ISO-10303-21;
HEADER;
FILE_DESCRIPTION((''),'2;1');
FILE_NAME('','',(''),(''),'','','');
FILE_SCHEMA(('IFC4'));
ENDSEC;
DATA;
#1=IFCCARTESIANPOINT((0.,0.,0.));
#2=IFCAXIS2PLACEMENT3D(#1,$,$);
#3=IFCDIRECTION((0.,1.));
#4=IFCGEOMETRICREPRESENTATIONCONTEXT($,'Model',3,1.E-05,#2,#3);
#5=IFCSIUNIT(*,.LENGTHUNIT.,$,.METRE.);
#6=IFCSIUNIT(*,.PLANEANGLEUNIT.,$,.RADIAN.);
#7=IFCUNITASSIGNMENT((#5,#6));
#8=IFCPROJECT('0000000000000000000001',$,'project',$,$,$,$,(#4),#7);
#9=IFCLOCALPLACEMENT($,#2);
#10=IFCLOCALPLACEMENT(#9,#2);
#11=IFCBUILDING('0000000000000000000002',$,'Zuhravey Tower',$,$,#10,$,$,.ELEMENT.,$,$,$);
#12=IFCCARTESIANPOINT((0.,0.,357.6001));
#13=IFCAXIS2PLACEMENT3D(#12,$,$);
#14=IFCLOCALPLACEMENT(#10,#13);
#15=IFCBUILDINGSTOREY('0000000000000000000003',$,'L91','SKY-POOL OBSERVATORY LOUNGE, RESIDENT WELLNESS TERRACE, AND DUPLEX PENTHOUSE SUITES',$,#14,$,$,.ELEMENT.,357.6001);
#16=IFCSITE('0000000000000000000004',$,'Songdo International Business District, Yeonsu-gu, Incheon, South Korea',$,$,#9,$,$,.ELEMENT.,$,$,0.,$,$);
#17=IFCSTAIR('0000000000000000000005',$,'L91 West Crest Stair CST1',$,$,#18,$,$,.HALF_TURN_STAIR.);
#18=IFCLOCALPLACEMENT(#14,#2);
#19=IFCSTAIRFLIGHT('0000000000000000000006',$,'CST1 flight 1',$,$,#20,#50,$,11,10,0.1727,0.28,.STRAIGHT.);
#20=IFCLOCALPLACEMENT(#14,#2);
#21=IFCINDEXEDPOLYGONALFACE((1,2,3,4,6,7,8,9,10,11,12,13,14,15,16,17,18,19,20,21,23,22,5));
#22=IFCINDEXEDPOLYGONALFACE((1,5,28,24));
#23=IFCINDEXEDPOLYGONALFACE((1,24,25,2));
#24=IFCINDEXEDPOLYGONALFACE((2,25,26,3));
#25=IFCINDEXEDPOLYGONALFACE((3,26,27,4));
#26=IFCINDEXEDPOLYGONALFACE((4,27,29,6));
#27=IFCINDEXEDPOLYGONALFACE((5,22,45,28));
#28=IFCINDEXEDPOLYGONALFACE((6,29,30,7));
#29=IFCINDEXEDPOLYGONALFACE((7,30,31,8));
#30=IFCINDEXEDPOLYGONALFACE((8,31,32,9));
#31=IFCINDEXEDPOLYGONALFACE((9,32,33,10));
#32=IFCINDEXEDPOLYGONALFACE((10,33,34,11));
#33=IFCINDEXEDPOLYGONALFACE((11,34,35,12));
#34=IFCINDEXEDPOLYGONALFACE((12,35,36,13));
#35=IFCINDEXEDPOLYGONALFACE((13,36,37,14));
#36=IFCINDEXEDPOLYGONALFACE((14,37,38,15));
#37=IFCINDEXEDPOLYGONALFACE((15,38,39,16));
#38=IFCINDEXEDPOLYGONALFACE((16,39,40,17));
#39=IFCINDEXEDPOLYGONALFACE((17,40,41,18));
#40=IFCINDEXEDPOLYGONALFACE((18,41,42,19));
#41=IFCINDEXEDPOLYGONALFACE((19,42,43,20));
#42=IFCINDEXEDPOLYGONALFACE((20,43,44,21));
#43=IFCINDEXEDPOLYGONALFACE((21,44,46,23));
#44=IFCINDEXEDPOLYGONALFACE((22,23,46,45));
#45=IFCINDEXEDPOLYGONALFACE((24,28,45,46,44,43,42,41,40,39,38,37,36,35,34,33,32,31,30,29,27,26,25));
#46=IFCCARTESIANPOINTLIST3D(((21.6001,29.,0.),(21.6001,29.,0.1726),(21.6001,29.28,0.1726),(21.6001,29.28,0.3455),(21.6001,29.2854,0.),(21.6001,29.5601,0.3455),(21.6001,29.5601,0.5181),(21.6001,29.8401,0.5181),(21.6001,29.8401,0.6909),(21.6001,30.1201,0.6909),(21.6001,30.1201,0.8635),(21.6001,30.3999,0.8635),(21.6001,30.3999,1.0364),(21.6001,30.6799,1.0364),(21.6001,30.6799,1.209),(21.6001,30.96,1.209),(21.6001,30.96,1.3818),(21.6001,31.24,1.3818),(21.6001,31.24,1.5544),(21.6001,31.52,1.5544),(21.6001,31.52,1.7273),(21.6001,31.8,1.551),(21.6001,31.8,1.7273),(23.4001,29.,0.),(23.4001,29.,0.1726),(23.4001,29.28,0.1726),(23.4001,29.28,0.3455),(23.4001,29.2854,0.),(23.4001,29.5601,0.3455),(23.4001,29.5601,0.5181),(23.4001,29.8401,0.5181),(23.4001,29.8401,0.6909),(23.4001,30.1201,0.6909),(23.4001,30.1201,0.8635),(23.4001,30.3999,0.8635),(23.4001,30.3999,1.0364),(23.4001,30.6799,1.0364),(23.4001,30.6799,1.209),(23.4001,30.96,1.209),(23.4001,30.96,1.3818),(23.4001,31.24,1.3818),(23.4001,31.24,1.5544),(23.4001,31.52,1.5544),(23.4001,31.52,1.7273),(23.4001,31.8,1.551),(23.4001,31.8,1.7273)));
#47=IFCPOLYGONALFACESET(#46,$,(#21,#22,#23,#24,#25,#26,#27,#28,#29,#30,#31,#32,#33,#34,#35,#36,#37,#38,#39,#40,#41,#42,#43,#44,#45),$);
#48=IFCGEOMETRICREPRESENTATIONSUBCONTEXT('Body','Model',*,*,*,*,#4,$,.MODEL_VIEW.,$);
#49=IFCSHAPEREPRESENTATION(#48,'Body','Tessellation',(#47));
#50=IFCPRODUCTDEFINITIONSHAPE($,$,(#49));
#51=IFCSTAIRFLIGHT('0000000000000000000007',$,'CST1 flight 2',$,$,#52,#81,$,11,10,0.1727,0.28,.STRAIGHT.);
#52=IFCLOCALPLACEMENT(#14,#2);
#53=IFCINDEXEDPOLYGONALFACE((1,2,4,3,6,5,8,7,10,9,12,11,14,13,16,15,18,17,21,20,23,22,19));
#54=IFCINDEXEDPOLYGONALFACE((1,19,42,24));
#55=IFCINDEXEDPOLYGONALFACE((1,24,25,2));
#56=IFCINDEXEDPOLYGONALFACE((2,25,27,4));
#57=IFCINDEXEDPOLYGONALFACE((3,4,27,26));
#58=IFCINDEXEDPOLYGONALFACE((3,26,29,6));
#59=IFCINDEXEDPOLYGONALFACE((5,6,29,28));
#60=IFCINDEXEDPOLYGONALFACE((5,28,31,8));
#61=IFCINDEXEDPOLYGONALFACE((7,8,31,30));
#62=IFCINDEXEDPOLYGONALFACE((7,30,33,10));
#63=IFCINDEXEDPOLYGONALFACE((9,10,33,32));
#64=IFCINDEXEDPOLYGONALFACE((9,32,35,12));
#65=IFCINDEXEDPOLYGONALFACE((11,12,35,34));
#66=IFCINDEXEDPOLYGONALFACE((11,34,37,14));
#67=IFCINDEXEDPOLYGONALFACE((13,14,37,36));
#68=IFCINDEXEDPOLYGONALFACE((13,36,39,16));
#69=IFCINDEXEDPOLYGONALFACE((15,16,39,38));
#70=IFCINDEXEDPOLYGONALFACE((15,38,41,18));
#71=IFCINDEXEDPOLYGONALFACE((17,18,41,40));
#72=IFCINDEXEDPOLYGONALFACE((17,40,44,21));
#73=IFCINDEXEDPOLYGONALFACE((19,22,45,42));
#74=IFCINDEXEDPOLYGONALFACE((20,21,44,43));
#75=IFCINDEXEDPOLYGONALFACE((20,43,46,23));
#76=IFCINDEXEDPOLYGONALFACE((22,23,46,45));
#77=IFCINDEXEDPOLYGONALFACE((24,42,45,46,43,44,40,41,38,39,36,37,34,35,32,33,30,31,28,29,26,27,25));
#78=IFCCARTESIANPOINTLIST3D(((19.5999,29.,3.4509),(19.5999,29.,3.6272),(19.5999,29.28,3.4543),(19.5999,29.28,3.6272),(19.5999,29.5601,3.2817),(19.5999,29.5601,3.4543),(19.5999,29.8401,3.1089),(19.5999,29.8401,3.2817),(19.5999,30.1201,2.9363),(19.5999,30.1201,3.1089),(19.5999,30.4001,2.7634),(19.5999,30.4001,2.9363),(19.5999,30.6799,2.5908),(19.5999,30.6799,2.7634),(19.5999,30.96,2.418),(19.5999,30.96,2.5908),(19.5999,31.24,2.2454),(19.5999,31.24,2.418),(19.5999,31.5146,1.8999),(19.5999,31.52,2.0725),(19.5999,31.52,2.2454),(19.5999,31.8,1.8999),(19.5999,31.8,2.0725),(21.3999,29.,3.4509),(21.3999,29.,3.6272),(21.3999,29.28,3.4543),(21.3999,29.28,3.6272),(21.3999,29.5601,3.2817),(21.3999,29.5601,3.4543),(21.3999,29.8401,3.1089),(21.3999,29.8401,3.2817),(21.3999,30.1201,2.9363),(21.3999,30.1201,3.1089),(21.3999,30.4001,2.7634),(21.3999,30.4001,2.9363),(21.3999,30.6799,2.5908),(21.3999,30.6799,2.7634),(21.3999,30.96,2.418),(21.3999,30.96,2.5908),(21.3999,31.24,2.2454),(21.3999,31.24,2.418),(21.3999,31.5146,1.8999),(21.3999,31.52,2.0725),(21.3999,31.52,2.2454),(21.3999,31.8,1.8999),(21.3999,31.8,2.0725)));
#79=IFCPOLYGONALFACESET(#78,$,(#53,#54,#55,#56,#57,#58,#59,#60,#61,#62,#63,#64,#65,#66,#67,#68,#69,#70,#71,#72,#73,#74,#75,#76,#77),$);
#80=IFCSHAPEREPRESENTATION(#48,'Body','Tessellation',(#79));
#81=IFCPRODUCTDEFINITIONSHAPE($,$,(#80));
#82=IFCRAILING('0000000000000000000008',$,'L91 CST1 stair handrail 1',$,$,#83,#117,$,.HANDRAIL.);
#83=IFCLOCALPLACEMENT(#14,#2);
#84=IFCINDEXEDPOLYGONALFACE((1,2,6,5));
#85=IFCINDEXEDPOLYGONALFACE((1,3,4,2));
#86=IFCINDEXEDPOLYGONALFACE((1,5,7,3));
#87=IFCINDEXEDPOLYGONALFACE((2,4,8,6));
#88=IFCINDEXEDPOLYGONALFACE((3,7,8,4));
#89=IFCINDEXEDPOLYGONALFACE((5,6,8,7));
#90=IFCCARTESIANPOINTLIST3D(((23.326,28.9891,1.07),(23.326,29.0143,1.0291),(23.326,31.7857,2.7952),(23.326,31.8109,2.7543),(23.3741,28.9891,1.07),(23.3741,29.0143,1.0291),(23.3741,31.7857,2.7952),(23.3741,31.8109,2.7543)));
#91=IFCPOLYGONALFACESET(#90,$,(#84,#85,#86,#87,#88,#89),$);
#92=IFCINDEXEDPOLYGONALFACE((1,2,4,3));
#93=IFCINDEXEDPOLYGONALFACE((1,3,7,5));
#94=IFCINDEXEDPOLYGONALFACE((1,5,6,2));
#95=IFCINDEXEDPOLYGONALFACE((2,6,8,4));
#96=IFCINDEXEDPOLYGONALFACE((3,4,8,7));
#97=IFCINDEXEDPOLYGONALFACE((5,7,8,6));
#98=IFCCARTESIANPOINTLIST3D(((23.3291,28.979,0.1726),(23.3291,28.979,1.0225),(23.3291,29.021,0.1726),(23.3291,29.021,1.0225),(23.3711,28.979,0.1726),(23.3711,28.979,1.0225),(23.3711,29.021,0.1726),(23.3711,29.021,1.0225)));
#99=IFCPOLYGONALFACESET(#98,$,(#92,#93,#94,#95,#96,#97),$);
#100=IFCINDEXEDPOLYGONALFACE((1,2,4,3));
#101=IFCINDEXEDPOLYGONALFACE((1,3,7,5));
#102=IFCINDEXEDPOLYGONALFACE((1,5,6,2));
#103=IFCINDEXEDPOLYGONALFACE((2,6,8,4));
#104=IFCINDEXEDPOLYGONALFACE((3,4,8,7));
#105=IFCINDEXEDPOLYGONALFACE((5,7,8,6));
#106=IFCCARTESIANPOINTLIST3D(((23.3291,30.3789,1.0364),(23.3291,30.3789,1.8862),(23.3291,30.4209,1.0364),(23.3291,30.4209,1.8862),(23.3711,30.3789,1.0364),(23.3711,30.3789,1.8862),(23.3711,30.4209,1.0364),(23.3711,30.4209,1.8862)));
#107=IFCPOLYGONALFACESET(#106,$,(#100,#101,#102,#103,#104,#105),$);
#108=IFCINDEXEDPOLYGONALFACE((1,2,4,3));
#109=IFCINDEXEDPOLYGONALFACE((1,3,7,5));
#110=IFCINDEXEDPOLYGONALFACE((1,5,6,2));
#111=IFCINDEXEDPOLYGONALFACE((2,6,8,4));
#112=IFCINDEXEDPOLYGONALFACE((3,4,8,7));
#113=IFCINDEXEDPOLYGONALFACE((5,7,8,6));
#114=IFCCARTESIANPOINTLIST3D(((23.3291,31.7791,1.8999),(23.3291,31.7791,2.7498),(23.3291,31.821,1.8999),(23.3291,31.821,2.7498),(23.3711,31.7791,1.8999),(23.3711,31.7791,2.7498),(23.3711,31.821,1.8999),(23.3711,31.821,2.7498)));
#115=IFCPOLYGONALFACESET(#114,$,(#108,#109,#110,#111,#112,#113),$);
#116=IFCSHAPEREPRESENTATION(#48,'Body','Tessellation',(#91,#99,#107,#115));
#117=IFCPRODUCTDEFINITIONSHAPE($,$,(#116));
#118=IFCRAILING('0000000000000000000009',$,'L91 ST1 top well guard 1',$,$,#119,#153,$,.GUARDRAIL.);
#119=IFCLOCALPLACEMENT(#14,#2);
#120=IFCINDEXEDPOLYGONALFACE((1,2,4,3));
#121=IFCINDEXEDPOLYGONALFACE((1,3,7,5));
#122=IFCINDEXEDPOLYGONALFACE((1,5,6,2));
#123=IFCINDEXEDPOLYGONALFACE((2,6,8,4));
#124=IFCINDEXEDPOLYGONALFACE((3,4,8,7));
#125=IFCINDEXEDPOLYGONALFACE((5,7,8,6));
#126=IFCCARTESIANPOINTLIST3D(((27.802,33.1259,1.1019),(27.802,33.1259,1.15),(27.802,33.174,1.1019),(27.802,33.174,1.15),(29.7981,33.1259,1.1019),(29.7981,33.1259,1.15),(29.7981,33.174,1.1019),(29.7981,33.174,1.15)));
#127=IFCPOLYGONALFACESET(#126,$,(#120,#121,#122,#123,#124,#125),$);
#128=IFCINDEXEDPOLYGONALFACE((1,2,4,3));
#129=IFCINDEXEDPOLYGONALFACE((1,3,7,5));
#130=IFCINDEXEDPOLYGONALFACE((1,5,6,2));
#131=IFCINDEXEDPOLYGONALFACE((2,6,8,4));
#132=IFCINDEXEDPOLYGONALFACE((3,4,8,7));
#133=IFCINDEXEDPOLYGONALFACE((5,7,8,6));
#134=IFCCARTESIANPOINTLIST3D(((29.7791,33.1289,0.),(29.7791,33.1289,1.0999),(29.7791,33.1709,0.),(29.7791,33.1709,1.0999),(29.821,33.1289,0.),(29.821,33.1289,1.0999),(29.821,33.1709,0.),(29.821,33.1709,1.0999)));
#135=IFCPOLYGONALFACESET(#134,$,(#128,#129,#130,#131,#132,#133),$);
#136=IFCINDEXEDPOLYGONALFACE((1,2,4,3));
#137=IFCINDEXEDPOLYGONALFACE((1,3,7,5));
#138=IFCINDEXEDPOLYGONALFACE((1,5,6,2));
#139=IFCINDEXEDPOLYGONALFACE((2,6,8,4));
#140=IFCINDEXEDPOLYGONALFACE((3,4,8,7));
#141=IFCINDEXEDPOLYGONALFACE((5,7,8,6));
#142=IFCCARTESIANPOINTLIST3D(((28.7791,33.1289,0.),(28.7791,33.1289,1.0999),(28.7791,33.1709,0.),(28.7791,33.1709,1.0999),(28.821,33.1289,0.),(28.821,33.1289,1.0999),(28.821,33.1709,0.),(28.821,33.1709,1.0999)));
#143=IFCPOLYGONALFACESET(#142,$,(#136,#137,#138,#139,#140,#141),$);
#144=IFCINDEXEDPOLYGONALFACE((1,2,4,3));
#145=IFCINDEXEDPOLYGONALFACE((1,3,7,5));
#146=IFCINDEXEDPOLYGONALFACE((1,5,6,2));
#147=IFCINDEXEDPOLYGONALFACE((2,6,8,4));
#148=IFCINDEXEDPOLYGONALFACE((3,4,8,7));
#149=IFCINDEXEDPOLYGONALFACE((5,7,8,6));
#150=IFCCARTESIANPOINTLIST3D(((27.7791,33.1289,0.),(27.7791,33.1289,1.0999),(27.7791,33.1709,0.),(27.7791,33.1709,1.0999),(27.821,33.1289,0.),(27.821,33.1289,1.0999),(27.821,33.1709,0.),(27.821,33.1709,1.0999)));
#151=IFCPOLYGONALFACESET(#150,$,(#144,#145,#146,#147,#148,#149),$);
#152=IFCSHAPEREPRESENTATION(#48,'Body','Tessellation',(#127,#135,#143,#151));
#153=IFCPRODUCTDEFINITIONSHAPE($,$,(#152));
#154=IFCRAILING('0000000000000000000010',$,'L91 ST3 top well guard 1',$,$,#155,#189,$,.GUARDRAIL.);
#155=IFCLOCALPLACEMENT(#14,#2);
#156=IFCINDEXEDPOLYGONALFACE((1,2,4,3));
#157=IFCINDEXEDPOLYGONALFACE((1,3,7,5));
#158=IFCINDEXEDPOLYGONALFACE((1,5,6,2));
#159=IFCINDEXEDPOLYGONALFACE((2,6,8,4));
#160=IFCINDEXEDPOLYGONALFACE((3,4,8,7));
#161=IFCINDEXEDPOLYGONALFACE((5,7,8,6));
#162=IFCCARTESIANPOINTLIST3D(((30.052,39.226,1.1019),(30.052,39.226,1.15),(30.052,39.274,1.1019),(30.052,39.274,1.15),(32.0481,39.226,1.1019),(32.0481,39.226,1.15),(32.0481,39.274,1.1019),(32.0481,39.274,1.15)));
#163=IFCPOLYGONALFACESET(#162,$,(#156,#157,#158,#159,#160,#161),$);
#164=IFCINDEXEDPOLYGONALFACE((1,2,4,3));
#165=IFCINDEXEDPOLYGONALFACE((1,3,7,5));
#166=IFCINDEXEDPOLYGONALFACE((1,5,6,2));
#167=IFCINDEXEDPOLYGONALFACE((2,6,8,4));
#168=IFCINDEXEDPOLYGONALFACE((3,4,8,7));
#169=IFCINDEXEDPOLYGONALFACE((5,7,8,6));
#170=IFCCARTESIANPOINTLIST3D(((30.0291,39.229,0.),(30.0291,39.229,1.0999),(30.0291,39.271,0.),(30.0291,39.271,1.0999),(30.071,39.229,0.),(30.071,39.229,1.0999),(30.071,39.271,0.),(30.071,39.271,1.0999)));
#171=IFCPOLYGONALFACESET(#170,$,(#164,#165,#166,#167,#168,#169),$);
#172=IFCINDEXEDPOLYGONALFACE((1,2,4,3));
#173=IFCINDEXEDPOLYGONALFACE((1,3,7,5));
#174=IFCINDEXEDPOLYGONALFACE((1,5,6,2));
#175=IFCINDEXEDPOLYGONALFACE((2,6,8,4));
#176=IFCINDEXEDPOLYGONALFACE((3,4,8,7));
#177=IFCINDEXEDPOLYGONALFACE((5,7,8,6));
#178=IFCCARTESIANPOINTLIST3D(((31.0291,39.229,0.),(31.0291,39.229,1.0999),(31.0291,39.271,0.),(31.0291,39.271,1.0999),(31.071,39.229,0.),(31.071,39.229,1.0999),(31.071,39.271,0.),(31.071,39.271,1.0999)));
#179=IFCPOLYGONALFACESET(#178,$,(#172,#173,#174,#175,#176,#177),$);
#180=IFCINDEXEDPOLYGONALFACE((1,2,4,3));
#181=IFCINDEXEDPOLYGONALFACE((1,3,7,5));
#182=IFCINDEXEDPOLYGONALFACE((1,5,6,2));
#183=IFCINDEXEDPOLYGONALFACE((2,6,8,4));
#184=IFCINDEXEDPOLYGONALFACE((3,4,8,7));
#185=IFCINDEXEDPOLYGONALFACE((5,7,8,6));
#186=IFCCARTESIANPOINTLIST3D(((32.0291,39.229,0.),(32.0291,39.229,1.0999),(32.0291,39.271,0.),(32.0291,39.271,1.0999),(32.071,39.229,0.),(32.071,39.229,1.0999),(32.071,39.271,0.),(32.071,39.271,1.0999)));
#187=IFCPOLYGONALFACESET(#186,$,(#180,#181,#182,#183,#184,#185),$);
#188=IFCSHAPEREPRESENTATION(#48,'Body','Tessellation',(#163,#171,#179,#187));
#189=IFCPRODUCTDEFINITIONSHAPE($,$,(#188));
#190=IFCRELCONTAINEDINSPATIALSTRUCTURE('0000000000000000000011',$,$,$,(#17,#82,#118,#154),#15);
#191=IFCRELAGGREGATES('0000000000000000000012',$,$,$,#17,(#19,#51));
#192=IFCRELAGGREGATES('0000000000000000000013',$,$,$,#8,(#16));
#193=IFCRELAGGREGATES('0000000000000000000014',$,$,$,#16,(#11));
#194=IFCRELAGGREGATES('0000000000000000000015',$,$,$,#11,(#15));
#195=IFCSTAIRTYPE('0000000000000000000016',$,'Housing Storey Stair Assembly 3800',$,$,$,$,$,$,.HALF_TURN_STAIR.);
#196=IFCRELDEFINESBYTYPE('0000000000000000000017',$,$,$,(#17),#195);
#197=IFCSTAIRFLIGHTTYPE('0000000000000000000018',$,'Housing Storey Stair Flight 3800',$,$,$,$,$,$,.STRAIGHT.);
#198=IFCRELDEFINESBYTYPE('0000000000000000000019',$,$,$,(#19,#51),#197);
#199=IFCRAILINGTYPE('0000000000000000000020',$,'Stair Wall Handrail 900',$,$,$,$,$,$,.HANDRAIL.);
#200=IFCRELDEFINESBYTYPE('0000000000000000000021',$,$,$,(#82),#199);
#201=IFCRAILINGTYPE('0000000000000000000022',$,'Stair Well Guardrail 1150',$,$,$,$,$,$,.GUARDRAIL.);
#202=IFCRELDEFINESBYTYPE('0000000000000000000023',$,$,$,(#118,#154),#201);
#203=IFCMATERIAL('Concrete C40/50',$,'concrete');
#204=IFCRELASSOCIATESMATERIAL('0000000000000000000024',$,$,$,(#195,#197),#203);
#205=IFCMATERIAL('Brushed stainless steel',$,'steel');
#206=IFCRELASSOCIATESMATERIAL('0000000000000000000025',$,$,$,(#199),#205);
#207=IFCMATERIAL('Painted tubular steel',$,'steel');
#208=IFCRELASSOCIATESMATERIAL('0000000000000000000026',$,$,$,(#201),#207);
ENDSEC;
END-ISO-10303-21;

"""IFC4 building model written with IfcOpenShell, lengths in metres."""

from ifc_helpers import new_model, si_unit, direction, frame, origin, origin_2d, place, context, subcontext, project, spatial, polyline, rectangle, outline, extrude, material, type_object, element, aggregate, save


model = new_model("IFC4")

# Units and contexts
model_context = context("Model", 3, precision=1e-05, world=origin(), true_north=direction((0.0, 1.0)))
body_context = subcontext(model_context, "Body", "Model", "MODEL_VIEW")
ifc_project = project(units=[si_unit("LENGTHUNIT", "METRE"), si_unit("PLANEANGLEUNIT", "RADIAN")], contexts=[model_context])

# Site, building, storey
site_placement = place(None, origin())
site = spatial("IfcSite", under=ifc_project, at=site_placement, Name="Songdo International Business District, Yeonsu-gu, Incheon, South Korea", CompositionType="ELEMENT", RefElevation=0.0)
building_placement = place(site_placement, origin())
building = spatial("IfcBuilding", under=site, at=building_placement, Name="Zuhravey Tower", CompositionType="ELEMENT")
storey_placement = place(building_placement, frame((0.0, 0.0, 357.6001)))
storey = spatial("IfcBuildingStorey", under=building, at=storey_placement, Name="L91", Description="SKY-POOL OBSERVATORY LOUNGE, RESIDENT WELLNESS TERRACE, AND DUPLEX PENTHOUSE SUITES", CompositionType="ELEMENT", Elevation=357.6001)

# Stair, stair flights
ifc_material_1 = material(Name="Concrete C40/50", Category="concrete")
stair_type = type_object("IfcStairType", Name="Housing Storey Stair Assembly 3800", PredefinedType="HALF_TURN_STAIR", material=ifc_material_1)
stair_placement = place(storey_placement, origin())
stair = element("IfcStair", 1, at=stair_placement, inside=storey, type_object=stair_type, Name="L91 West Crest Stair CST1", PredefinedType="HALF_TURN_STAIR")
stair_flight_type = type_object("IfcStairFlightType", Name="Housing Storey Stair Flight 3800", PredefinedType="STRAIGHT", material=ifc_material_1)
stair_flight_1_placement = place(storey_placement, frame((22.5, 29.0, 0.0), z_axis=(0.0, 0.0, 1.0), x_axis=(0.0, 1.0, 0.0)))
stair_flight_1 = element("IfcStairFlight", 2, at=stair_flight_1_placement, type_object=stair_flight_type, Name="CST1 flight 1", NumberOfRisers=11, NumberOfTreads=10, PredefinedType="STRAIGHT", RiserHeight=0.1727, TreadLength=0.28, context=body_context, shape_type="SweptSolid", body=[
    extrude(outline(polyline([(0.0, 0.0), (0.0, 0.1726), (0.28, 0.1726), (0.28, 0.3455), (0.5601, 0.3455), (0.5601, 0.5181), (0.8401, 0.5181), (0.8401, 0.6909), (1.1201, 0.6909), (1.1201, 0.8635), (1.3999, 0.8635), (1.3999, 1.0364), (1.6799, 1.0364), (1.6799, 1.209), (1.96, 1.209), (1.96, 1.3818), (2.24, 1.3818), (2.24, 1.5544), (2.52, 1.5544), (2.52, 1.7273), (2.8, 1.7273), (2.8, 1.8999), (2.8, 1.551), (0.2854, 0.0), (0.0, 0.0)])), frame((0.0, 0.8999, 0.0), z_axis=(0.0, -1.0, 0.0), x_axis=(1.0, 0.0, 0.0)), (0.0, 0.0, 1.0), 1.8),
])
stair_flight_2_placement = place(storey_placement, frame((20.5, 31.8, 1.8999), z_axis=(0.0, 0.0, 1.0), x_axis=(0.0, -1.0, 0.0)))
stair_flight_2 = element("IfcStairFlight", 3, at=stair_flight_2_placement, type_object=stair_flight_type, Name="CST1 flight 2", NumberOfRisers=11, NumberOfTreads=10, PredefinedType="STRAIGHT", RiserHeight=0.1727, TreadLength=0.28, context=body_context, shape_type="SweptSolid", body=[
    extrude(outline(polyline([(0.0, 0.0), (0.0, 0.1726), (0.28, 0.1726), (0.28, 0.3455), (0.5601, 0.3455), (0.5601, 0.5181), (0.8401, 0.5181), (0.8401, 0.6909), (1.1201, 0.6909), (1.1201, 0.8635), (1.3999, 0.8635), (1.3999, 1.0364), (1.6799, 1.0364), (1.6799, 1.209), (1.96, 1.209), (1.96, 1.3818), (2.24, 1.3818), (2.24, 1.5544), (2.52, 1.5544), (2.52, 1.7273), (2.8, 1.7273), (2.8, 1.8999), (2.8, 1.551), (0.2854, 0.0), (0.0, 0.0)])), frame((0.0, 0.8999, 0.0), z_axis=(0.0, -1.0, 0.0), x_axis=(1.0, 0.0, 0.0)), (0.0, 0.0, 1.0), 1.8),
])
aggregate(stair, [stair_flight_1, stair_flight_2])

# Railings
ifc_material_2 = material(Name="Brushed stainless steel", Category="steel")
railing_type_1 = type_object("IfcRailingType", Name="Stair Wall Handrail 900", PredefinedType="HANDRAIL", material=ifc_material_2)
railing_1_placement = place(storey_placement, frame((23.3501, 29.0, 0.1726)))
element("IfcRailing", 4, at=railing_1_placement, inside=storey, type_object=railing_type_1, Name="L91 CST1 stair handrail 1", PredefinedType="HANDRAIL", context=body_context, shape_type="SweptSolid", body=[
    extrude(rectangle(XDim=0.0481, YDim=0.0481, at=origin_2d()), frame((0.0, 0.0017, 0.877), z_axis=(0.0, 0.85109, 0.52502), x_axis=(-1.0, 0.0, 0.0)), (0.0, 0.0, 1.0), 3.2859),
    extrude(rectangle(XDim=0.042, YDim=0.042, at=origin_2d()), origin(), (0.0, 0.0, 1.0), 0.8499),
    extrude(rectangle(XDim=0.042, YDim=0.042, at=origin_2d()), frame((0.0, 1.3999, 0.8638)), (0.0, 0.0, 1.0), 0.8499),
    extrude(rectangle(XDim=0.042, YDim=0.042, at=origin_2d()), frame((0.0, 2.8, 1.7273)), (0.0, 0.0, 1.0), 0.8499),
])
ifc_material_3 = material(Name="Painted tubular steel", Category="steel")
railing_type_2 = type_object("IfcRailingType", Name="Stair Well Guardrail 1150", PredefinedType="GUARDRAIL", material=ifc_material_3)
railing_2_placement = place(storey_placement, frame((29.8, 33.1499, 0.0)))
element("IfcRailing", 5, at=railing_2_placement, inside=storey, type_object=railing_type_2, Name="L91 ST1 top well guard 1", PredefinedType="GUARDRAIL", context=body_context, shape_type="SweptSolid", body=[
    extrude(rectangle(XDim=0.0481, YDim=0.0481, at=origin_2d()), frame((-0.002, 0.0, 1.126), z_axis=(-1.0, 0.0, 0.0), x_axis=(0.0, -1.0, 0.0)), (0.0, 0.0, 1.0), 1.9961),
    extrude(rectangle(XDim=0.042, YDim=0.042, at=origin_2d()), origin(), (0.0, 0.0, 1.0), 1.0999),
    extrude(rectangle(XDim=0.042, YDim=0.042, at=origin_2d()), frame((-1.0, 0.0, 0.0)), (0.0, 0.0, 1.0), 1.0999),
    extrude(rectangle(XDim=0.042, YDim=0.042, at=origin_2d()), frame((-2.0, 0.0, 0.0)), (0.0, 0.0, 1.0), 1.0999),
])
railing_3_placement = place(storey_placement, frame((30.05, 39.25, 0.0)))
element("IfcRailing", 6, at=railing_3_placement, inside=storey, type_object=railing_type_2, Name="L91 ST3 top well guard 1", PredefinedType="GUARDRAIL", context=body_context, shape_type="SweptSolid", body=[
    extrude(rectangle(XDim=0.0481, YDim=0.0481, at=origin_2d()), frame((0.002, 0.0, 1.126), z_axis=(1.0, 0.0, 0.0), x_axis=(0.0, 1.0, 0.0)), (0.0, 0.0, 1.0), 1.9961),
    extrude(rectangle(XDim=0.042, YDim=0.042, at=origin_2d()), origin(), (0.0, 0.0, 1.0), 1.0999),
    extrude(rectangle(XDim=0.042, YDim=0.042, at=origin_2d()), frame((1.0, 0.0, 0.0)), (0.0, 0.0, 1.0), 1.0999),
    extrude(rectangle(XDim=0.042, YDim=0.042, at=origin_2d()), frame((2.0, 0.0, 0.0)), (0.0, 0.0, 1.0), 1.0999),
])

save(model, "model.ifc")
